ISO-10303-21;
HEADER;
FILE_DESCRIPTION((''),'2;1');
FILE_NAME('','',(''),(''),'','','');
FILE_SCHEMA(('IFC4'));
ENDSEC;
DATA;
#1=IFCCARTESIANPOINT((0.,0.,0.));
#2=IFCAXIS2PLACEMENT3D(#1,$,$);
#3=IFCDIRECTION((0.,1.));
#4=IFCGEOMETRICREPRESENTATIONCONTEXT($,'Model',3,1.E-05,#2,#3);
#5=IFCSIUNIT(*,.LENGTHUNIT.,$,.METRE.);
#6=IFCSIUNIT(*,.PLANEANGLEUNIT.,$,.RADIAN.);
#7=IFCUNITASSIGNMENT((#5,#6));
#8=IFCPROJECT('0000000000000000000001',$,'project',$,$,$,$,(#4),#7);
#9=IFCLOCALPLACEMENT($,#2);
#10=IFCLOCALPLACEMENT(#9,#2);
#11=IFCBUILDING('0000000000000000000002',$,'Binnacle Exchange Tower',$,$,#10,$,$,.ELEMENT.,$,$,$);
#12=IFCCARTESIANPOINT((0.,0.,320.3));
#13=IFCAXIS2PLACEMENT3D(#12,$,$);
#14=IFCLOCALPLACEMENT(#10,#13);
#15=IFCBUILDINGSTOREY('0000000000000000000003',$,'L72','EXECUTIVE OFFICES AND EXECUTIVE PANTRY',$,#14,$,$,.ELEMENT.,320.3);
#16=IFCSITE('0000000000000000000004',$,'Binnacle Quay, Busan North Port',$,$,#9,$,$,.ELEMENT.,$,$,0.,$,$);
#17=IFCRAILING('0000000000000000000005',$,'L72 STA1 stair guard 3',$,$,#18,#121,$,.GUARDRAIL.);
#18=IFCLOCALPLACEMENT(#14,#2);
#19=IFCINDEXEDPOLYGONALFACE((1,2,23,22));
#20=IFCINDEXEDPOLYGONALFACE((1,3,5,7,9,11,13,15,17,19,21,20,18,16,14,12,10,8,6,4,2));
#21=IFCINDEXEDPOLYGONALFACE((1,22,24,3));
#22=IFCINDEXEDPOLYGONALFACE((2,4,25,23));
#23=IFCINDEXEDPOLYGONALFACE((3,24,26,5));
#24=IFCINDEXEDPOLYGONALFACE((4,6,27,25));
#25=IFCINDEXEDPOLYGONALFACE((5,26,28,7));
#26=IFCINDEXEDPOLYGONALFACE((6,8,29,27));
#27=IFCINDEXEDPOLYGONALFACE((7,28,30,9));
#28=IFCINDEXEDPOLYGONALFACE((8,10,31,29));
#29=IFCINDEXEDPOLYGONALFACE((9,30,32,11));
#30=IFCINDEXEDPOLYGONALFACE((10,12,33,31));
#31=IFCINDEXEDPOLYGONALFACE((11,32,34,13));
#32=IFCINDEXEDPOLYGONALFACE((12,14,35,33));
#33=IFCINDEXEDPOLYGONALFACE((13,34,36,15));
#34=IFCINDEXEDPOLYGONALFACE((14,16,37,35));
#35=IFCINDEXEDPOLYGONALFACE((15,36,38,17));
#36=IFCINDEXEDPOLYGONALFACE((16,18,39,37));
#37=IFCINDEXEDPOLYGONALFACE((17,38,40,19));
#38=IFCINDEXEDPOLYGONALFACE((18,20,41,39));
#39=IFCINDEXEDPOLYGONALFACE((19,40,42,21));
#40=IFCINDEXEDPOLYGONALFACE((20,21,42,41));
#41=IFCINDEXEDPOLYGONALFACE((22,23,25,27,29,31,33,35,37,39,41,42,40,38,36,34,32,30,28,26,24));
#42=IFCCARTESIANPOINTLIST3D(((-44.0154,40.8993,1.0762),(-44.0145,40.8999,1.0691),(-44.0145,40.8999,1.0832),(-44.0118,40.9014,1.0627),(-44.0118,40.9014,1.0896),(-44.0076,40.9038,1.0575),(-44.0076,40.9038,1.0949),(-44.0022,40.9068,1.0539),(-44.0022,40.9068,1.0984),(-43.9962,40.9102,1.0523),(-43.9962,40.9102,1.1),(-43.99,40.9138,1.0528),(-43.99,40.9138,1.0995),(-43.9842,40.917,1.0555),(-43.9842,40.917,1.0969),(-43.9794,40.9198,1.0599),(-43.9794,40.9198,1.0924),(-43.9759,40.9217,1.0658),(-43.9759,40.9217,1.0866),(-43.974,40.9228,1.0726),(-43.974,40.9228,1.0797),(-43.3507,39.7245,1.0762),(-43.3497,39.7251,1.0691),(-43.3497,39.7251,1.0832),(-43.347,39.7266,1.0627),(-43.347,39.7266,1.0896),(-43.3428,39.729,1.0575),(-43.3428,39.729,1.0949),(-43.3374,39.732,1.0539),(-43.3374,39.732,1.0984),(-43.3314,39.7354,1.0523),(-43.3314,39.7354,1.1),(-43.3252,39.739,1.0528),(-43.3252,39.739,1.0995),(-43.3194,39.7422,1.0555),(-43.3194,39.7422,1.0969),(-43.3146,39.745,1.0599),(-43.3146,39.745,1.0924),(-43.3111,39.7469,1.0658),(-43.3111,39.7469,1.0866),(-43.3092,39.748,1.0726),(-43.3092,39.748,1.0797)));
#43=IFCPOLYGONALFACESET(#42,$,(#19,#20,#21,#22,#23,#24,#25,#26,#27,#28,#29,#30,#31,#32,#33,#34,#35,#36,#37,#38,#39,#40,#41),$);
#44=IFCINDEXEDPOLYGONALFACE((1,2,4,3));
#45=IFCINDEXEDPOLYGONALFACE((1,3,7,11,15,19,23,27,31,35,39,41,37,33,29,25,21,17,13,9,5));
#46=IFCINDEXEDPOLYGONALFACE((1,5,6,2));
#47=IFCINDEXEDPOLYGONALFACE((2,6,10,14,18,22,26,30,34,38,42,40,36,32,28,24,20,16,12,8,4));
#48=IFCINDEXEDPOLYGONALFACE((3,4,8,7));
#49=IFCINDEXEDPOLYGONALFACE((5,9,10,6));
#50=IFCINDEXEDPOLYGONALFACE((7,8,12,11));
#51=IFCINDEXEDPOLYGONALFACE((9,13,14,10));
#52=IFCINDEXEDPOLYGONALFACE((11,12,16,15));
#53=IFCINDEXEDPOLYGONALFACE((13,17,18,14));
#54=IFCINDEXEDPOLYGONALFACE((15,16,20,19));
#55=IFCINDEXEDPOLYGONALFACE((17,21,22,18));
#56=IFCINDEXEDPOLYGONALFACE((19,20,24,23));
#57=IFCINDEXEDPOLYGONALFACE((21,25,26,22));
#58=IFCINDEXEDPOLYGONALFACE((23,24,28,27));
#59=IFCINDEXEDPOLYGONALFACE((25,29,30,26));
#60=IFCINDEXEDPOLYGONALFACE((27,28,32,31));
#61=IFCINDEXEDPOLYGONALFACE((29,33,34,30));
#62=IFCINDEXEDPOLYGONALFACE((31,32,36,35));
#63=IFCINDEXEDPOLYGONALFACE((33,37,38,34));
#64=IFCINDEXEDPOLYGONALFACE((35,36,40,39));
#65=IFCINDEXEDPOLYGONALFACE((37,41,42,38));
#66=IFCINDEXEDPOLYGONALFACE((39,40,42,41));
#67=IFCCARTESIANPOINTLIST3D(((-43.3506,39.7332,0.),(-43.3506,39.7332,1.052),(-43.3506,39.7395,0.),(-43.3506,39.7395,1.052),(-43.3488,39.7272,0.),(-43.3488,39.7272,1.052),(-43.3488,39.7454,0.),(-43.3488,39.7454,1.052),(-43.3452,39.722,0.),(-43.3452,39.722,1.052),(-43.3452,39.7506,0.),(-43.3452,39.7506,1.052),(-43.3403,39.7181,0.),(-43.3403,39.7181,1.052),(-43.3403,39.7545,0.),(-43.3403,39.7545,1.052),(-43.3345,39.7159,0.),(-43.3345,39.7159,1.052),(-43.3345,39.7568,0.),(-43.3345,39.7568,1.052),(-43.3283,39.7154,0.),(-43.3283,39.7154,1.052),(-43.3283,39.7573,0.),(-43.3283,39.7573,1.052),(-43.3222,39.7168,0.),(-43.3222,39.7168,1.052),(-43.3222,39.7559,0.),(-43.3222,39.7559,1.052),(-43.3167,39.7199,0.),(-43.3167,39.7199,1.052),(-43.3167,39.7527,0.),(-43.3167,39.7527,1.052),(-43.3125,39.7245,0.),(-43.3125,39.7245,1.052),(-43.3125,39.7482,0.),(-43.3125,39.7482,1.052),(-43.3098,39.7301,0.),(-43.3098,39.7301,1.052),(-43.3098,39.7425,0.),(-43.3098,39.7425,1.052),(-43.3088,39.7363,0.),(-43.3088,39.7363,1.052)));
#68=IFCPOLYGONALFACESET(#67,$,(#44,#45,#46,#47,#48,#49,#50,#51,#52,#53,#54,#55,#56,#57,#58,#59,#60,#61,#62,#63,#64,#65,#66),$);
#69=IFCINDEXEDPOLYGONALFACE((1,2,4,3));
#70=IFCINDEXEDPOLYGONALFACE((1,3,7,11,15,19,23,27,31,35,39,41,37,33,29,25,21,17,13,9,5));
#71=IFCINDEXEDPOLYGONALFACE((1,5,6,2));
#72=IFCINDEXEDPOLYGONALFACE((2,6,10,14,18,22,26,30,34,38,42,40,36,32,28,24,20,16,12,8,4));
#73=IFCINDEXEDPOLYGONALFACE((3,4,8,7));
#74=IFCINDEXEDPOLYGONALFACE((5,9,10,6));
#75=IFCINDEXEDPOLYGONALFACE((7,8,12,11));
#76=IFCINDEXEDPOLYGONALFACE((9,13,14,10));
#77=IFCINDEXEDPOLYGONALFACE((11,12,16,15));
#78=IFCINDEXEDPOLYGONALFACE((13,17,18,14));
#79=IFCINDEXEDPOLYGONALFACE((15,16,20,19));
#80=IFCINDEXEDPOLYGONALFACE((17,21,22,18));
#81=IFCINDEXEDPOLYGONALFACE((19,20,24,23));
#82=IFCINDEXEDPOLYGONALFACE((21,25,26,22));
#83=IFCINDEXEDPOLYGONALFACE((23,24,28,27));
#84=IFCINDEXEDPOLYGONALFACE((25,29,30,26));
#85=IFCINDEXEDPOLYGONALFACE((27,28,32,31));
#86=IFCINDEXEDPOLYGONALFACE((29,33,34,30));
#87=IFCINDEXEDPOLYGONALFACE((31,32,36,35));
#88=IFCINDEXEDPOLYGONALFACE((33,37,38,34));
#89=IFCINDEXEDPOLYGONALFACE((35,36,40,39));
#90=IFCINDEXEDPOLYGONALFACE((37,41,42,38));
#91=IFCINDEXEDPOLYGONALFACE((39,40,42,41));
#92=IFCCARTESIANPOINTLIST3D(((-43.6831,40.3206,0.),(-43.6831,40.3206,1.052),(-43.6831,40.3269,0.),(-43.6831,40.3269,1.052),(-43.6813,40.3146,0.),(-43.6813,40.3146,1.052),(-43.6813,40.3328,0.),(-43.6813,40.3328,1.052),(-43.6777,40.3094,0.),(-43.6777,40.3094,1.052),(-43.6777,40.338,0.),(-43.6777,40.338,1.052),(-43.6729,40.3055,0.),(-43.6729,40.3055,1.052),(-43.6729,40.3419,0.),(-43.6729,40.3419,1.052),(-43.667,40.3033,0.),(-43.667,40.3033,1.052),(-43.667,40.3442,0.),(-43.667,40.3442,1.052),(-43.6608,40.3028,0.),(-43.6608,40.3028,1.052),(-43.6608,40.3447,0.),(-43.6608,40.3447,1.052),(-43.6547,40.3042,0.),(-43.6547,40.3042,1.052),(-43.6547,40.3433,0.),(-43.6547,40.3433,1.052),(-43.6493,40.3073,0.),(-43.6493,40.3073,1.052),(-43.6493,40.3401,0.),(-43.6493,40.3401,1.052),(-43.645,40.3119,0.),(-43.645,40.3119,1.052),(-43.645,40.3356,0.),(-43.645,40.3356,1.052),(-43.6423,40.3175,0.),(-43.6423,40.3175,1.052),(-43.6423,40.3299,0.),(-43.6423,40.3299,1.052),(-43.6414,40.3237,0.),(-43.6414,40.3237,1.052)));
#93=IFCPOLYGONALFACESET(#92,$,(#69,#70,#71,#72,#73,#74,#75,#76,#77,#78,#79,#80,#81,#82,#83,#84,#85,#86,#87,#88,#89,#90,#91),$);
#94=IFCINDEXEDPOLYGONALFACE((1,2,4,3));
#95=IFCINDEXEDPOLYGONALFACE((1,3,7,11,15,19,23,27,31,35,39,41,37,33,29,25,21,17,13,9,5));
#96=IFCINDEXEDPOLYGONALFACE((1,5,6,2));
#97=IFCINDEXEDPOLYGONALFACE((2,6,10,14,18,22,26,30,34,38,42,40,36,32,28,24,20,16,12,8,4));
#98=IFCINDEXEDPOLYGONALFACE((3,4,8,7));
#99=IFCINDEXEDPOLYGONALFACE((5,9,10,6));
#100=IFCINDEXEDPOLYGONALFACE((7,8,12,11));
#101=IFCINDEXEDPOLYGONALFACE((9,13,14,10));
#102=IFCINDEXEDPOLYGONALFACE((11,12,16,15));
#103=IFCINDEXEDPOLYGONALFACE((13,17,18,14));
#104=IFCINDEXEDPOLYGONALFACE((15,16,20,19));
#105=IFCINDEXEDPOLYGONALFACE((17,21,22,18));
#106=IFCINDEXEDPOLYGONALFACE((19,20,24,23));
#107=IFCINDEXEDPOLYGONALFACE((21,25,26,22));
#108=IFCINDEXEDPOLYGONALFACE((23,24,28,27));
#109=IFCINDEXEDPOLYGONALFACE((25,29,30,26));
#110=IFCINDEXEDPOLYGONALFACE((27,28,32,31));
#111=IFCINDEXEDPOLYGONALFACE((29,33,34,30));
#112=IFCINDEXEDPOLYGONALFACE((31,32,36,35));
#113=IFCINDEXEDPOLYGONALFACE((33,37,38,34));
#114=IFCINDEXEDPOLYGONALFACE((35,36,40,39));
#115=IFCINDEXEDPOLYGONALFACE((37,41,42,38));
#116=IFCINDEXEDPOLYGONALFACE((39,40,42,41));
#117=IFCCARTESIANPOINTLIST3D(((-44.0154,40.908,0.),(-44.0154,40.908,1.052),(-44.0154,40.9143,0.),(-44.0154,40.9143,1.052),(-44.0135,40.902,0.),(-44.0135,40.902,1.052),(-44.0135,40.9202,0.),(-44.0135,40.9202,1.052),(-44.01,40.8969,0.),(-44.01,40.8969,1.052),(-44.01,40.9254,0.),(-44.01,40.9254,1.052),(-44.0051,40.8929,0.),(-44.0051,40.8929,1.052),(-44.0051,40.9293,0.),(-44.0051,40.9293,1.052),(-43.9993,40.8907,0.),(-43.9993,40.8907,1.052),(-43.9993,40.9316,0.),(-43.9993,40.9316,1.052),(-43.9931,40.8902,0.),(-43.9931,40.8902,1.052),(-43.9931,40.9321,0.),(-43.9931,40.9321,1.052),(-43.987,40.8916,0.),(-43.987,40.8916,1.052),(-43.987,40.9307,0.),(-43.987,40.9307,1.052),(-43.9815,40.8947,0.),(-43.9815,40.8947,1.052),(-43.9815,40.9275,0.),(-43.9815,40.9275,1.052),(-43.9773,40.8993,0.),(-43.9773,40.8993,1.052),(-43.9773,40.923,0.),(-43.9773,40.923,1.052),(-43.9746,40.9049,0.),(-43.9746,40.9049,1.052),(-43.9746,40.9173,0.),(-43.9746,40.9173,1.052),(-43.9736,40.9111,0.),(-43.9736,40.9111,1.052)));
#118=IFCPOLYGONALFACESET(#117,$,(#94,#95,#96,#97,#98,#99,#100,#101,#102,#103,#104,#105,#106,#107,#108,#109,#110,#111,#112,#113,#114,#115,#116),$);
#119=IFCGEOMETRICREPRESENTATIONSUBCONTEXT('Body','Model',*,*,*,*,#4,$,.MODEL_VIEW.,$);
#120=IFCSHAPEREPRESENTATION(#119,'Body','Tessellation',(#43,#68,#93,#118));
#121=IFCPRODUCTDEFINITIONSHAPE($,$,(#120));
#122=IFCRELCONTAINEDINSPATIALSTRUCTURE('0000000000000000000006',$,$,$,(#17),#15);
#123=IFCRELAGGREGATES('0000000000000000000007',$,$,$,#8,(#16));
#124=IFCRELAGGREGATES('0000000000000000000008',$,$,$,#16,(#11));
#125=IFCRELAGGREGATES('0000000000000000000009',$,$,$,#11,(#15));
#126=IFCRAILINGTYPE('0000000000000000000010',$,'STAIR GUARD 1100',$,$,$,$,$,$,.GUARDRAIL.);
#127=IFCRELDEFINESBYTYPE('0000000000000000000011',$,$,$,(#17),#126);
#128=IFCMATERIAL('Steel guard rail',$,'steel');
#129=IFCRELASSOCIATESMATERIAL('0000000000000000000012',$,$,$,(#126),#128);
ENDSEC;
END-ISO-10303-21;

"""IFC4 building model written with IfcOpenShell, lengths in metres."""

from ifc_helpers import new_model, si_unit, direction, frame, origin, origin_2d, place, context, subcontext, project, spatial, circle, extrude, material, type_object, element, save


model = new_model("IFC4")

# Units and contexts
model_context = context("Model", 3, precision=1e-05, world=origin(), true_north=direction((0.0, 1.0)))
body_context = subcontext(model_context, "Body", "Model", "MODEL_VIEW")
ifc_project = project(units=[si_unit("LENGTHUNIT", "METRE"), si_unit("PLANEANGLEUNIT", "RADIAN")], contexts=[model_context])

# Site, building, storey
site_placement = place(None, origin())
site = spatial("IfcSite", under=ifc_project, at=site_placement, Name="Binnacle Quay, Busan North Port", CompositionType="ELEMENT", RefElevation=0.0)
building_placement = place(site_placement, origin())
building = spatial("IfcBuilding", under=site, at=building_placement, Name="Binnacle Exchange Tower", CompositionType="ELEMENT")
storey_placement = place(building_placement, frame((0.0, 0.0, 320.3)))
storey = spatial("IfcBuildingStorey", under=building, at=storey_placement, Name="L72", Description="EXECUTIVE OFFICES AND EXECUTIVE PANTRY", CompositionType="ELEMENT", Elevation=320.3)

# Railing
ifc_material_1 = material(Name="Steel guard rail", Category="steel")
railing_type_1 = type_object("IfcRailingType", Name="STAIR GUARD 1100", PredefinedType="GUARDRAIL", material=ifc_material_1)
railing_1_placement = place(storey_placement, frame((-43.3298, 39.7363, 0.0)))
element("IfcRailing", 1, at=railing_1_placement, inside=storey, type_object=railing_type_1, Name="L72 STA1 stair guard 3", PredefinedType="GUARDRAIL", context=body_context, shape_type="SweptSolid", body=[
    extrude(circle(Radius=0.0239, at=origin_2d()), frame((0.0, 0.0, 1.0762), z_axis=(-0.492492, 0.870317, 0.0), x_axis=(-0.870317, -0.492492, 0.0)), (0.0, 0.0, 1.0), 1.3499),
    extrude(circle(Radius=0.021, at=origin_2d()), origin(), (0.0, 0.0, 1.0), 1.052),
    extrude(circle(Radius=0.021, at=origin_2d()), frame((-0.3325, 0.5874, 0.0)), (0.0, 0.0, 1.0), 1.052),
    extrude(circle(Radius=0.021, at=origin_2d()), frame((-0.6648, 1.1748, 0.0)), (0.0, 0.0, 1.0), 1.052),
])

save(model, "model.ifc")
